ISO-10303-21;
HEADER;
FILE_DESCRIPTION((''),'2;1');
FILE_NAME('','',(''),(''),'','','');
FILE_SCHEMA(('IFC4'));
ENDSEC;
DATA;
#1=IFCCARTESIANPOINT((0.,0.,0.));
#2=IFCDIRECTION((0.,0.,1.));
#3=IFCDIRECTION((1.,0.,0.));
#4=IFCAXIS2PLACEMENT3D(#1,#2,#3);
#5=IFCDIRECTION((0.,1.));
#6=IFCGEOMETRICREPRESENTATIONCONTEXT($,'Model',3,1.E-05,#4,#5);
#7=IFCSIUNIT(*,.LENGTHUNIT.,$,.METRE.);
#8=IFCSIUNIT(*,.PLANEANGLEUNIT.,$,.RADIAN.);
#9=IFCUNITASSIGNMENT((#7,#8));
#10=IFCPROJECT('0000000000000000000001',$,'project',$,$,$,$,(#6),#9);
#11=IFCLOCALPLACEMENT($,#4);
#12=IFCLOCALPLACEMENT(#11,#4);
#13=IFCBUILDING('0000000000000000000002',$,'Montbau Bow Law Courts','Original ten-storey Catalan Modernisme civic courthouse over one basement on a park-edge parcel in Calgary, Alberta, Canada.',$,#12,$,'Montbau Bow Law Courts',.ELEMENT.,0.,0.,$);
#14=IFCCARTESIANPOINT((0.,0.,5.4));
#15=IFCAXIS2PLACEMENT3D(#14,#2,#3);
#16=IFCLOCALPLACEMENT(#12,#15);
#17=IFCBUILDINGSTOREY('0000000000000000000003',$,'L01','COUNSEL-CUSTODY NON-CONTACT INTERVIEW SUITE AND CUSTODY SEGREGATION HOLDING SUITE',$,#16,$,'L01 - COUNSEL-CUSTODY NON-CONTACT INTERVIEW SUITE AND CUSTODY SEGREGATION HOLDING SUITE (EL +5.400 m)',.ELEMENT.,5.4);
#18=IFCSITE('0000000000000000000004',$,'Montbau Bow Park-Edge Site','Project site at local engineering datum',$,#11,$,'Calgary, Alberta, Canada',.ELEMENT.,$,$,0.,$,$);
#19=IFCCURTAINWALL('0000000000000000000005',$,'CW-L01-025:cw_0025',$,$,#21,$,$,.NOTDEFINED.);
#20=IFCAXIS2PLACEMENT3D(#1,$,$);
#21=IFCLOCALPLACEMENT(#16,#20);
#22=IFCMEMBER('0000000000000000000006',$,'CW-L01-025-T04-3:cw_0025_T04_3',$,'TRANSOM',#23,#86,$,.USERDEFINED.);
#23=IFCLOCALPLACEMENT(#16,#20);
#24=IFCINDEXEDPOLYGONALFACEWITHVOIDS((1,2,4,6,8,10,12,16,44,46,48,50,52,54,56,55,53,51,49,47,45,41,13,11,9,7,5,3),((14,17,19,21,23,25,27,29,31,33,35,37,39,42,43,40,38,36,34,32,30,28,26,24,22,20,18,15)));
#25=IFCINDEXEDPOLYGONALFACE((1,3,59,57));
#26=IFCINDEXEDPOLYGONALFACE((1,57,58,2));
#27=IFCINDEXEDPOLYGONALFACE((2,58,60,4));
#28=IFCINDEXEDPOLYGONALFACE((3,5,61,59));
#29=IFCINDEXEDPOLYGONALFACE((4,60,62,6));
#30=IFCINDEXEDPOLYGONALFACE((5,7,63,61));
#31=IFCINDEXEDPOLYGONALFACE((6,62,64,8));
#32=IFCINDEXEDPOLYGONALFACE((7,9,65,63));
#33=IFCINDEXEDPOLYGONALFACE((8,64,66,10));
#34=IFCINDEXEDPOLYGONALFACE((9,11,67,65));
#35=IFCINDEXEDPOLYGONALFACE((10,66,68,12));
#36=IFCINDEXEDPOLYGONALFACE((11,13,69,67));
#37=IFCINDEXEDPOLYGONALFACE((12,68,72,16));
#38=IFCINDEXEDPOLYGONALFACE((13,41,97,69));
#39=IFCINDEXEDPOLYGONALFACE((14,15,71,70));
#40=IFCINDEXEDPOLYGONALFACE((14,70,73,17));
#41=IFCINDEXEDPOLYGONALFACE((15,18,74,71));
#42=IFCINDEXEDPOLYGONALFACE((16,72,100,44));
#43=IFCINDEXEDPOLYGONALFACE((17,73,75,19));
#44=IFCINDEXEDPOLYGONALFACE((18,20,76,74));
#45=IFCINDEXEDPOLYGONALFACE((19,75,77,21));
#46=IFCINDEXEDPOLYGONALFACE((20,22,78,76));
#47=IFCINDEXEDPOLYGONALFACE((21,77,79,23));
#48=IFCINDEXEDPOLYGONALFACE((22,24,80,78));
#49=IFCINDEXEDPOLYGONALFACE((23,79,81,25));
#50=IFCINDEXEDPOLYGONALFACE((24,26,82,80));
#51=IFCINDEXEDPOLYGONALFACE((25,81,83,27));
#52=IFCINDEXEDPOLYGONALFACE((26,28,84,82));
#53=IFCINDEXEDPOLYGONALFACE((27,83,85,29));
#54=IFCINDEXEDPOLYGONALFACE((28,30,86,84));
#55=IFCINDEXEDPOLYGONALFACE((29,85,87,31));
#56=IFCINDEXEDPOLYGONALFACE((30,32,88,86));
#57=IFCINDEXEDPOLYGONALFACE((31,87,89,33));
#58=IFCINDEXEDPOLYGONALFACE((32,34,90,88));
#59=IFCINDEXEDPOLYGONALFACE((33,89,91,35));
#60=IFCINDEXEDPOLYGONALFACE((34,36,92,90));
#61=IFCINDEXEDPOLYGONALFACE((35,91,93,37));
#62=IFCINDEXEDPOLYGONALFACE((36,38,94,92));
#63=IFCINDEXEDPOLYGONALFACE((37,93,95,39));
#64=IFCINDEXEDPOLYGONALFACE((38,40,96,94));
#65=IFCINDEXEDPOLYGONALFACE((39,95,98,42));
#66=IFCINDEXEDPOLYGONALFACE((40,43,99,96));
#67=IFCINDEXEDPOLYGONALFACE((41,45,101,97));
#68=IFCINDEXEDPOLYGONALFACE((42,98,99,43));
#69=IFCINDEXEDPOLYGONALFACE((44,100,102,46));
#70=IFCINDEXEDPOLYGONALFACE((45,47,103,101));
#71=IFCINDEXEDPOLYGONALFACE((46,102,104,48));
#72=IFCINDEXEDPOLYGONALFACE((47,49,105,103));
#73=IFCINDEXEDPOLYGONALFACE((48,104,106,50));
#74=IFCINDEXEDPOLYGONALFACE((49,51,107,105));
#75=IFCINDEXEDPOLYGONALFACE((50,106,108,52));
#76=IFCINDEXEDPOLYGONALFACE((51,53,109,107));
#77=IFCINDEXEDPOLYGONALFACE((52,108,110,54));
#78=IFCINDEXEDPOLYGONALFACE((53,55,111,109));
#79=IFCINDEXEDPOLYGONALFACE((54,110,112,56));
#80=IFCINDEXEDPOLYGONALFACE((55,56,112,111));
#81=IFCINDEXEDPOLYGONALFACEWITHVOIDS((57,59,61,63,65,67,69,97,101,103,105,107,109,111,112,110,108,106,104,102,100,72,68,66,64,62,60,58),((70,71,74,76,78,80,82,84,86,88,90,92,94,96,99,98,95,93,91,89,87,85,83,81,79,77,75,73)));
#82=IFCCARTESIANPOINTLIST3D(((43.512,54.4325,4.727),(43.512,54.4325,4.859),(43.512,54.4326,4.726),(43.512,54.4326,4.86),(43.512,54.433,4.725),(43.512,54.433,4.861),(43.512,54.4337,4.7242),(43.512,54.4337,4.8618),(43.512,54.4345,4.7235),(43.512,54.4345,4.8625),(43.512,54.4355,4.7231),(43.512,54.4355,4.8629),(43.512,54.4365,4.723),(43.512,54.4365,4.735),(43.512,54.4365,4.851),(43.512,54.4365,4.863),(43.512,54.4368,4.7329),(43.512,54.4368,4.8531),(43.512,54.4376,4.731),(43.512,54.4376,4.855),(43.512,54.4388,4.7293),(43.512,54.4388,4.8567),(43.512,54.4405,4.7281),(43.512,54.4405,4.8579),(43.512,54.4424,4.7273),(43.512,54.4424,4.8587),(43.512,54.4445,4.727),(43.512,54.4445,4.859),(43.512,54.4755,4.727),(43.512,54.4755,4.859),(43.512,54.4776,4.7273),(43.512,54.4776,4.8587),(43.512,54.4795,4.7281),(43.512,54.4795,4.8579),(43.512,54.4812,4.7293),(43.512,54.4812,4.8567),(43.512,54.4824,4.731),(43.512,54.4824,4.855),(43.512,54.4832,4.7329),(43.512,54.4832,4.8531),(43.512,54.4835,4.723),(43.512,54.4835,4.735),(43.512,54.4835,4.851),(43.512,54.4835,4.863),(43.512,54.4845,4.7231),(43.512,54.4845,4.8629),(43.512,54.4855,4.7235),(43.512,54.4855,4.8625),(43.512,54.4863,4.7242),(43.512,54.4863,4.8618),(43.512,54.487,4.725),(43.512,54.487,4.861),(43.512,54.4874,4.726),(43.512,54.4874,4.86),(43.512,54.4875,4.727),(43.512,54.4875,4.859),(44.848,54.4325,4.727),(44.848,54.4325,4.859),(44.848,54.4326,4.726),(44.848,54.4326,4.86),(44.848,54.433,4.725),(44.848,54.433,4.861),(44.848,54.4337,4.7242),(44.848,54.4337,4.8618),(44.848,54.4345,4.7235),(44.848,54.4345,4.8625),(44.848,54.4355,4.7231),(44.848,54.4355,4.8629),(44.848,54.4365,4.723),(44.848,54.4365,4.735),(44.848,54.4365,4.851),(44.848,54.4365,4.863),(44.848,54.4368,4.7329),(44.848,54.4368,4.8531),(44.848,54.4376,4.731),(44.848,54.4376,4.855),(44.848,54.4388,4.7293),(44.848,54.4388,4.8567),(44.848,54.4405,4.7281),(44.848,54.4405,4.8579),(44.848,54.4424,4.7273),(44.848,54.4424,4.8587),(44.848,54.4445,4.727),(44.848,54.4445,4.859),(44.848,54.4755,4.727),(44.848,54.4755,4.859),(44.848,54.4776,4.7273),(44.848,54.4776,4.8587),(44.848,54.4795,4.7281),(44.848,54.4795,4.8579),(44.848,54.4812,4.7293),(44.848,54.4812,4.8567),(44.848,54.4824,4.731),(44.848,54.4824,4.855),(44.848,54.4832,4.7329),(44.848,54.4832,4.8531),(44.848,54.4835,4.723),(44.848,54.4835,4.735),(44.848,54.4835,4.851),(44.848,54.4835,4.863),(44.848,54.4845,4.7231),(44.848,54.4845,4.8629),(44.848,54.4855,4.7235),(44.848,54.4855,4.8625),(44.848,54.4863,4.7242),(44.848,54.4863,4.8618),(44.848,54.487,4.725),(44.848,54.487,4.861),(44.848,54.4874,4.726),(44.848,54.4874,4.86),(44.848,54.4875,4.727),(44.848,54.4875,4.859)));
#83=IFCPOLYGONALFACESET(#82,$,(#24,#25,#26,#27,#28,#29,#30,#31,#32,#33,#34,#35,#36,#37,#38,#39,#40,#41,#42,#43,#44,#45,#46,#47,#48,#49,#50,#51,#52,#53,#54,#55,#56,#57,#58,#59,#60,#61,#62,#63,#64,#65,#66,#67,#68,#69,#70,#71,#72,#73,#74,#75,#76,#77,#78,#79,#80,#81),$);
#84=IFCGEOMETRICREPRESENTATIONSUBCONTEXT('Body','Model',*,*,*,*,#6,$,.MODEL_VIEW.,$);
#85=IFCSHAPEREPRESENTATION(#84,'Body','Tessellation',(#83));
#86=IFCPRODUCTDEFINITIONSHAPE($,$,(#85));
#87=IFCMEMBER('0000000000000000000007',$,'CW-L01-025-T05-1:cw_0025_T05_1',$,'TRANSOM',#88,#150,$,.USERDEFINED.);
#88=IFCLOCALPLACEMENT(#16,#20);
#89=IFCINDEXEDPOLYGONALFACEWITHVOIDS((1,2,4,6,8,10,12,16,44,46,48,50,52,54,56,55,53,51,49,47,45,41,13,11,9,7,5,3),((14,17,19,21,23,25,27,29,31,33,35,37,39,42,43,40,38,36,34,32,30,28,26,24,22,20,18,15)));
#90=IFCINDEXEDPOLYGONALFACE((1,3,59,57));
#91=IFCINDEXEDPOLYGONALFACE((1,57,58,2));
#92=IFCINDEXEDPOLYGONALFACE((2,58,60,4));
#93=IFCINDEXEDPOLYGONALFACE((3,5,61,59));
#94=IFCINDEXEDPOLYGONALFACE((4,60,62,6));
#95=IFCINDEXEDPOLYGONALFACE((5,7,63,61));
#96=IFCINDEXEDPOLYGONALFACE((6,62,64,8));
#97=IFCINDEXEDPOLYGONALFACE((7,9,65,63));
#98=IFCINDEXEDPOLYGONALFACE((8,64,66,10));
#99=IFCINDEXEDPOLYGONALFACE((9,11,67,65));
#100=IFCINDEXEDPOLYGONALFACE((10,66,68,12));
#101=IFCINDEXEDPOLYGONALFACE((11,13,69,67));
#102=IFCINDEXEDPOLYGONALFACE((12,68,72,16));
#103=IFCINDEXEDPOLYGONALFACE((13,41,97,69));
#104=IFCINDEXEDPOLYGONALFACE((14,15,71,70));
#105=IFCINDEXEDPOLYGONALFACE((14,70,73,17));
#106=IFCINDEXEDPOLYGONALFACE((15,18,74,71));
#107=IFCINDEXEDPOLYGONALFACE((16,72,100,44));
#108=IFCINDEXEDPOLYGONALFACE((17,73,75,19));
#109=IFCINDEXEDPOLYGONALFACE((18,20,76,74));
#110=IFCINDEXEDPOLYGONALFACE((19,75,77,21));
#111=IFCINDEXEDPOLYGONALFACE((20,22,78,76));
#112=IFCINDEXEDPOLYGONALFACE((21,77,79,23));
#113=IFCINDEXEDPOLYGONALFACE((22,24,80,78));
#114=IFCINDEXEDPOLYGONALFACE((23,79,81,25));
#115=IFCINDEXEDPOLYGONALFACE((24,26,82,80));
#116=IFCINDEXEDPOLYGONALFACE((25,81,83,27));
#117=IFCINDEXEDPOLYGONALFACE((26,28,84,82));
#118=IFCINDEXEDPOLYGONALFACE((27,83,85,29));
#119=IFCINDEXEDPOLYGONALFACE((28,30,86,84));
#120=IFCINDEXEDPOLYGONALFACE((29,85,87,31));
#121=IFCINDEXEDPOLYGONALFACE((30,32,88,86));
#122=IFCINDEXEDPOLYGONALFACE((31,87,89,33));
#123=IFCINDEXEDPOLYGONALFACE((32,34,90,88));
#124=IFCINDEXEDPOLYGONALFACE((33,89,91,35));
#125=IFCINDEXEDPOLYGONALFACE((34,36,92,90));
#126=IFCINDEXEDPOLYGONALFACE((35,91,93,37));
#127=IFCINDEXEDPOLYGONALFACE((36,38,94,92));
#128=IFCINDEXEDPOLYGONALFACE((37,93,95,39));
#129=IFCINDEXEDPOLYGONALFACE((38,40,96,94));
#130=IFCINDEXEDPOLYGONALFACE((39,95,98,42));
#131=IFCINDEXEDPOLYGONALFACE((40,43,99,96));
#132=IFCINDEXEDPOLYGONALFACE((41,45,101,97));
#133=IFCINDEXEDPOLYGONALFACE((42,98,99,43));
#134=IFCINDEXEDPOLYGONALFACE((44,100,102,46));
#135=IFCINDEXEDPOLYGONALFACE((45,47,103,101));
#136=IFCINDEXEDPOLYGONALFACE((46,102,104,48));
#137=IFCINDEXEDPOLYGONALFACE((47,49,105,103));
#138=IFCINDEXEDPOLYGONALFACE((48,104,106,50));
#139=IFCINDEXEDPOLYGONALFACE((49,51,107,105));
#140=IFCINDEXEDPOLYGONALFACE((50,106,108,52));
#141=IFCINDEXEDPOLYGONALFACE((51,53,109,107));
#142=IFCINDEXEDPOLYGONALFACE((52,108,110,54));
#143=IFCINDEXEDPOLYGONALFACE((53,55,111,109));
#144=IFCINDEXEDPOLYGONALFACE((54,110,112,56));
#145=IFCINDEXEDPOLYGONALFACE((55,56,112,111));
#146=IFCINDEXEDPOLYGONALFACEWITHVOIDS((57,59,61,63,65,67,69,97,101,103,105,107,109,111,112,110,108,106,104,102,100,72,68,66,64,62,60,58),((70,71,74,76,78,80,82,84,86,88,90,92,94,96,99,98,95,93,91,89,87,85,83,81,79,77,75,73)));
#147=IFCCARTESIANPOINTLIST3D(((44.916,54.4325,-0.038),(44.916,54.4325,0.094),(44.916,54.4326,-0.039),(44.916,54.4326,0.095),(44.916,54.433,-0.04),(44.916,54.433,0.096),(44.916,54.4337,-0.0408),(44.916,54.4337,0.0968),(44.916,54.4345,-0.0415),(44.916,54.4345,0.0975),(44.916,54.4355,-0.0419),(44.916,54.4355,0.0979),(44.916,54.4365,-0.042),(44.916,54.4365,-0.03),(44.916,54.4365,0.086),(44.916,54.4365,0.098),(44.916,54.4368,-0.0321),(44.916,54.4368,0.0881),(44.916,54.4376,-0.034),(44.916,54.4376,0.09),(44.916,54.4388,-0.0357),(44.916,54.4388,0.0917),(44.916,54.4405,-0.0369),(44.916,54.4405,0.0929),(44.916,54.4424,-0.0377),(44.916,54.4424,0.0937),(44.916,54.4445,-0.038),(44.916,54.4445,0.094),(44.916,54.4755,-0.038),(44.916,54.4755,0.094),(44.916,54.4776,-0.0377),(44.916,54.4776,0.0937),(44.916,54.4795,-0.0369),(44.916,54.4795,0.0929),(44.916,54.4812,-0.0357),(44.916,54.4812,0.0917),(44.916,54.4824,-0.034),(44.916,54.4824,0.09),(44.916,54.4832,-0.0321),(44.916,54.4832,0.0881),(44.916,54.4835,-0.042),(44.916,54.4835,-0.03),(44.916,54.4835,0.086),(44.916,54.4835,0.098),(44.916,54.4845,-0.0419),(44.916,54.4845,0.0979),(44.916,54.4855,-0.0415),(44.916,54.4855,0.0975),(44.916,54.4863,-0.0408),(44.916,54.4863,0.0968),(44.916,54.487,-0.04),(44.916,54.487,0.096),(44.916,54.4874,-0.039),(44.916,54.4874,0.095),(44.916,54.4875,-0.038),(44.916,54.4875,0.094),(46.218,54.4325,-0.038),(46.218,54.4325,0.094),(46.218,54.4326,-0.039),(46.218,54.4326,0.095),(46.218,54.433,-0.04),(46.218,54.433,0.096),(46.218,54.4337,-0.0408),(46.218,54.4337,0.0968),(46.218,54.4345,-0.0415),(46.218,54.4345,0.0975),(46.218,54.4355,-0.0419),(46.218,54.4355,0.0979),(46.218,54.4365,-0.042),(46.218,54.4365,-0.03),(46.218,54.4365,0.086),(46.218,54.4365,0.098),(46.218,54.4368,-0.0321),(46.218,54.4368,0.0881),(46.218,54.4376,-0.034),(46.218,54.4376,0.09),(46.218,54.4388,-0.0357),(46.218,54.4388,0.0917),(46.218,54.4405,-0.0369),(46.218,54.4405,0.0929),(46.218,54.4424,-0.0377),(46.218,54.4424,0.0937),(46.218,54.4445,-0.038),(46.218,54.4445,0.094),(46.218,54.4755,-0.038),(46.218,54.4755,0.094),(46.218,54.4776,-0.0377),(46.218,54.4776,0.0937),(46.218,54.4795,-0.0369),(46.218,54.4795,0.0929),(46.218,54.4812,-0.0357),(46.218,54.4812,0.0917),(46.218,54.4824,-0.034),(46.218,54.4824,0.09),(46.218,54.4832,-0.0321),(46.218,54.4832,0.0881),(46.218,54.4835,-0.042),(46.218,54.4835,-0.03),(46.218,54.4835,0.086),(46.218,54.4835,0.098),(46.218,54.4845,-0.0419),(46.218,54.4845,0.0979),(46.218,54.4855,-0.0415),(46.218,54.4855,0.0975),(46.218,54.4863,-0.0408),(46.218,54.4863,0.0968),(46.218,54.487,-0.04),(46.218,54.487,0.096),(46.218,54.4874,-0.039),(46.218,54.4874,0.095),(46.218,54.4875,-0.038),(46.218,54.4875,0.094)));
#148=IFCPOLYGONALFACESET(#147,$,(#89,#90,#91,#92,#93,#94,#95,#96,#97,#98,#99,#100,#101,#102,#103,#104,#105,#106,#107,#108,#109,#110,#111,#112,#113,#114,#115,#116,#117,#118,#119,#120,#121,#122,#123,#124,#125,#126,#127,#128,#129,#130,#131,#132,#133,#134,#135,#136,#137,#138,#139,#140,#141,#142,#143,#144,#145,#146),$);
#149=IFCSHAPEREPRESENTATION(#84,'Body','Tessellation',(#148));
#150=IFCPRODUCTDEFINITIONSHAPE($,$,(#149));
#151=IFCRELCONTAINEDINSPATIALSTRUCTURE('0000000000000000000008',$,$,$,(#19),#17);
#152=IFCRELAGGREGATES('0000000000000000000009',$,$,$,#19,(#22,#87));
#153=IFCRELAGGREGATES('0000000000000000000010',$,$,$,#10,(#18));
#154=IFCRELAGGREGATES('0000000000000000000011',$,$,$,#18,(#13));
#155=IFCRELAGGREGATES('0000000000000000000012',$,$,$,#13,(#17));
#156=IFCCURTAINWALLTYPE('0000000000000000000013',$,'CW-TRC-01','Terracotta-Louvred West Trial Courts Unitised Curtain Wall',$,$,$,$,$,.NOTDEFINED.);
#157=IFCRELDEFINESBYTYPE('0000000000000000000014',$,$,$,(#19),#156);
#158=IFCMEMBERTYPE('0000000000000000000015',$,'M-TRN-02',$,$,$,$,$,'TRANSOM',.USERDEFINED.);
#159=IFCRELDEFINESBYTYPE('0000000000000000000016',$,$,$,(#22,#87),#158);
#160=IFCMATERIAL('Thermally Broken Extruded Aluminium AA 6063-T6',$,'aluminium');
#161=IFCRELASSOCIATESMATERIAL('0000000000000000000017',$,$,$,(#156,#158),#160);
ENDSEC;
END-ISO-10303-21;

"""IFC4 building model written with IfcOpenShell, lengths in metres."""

from ifc_helpers import new_model, si_unit, direction, frame, origin_with_axes, origin_2d_with_axis, place, context, subcontext, project, spatial, hollow_rectangle, extrude, material, material_profile, profile_set, type_object, element, aggregate, save


model = new_model("IFC4")

# Units and contexts
model_context = context("Model", 3, precision=1e-05, world=origin_with_axes(), true_north=direction((0.0, 1.0)))
body_context = subcontext(model_context, "Body", "Model", "MODEL_VIEW")
ifc_project = project(units=[si_unit("LENGTHUNIT", "METRE"), si_unit("PLANEANGLEUNIT", "RADIAN")], contexts=[model_context])

# Site, building, storey
site_placement = place(None, origin_with_axes())
site = spatial("IfcSite", under=ifc_project, at=site_placement, Name="Montbau Bow Park-Edge Site", Description="Project site at local engineering datum", LongName="Calgary, Alberta, Canada", CompositionType="ELEMENT", RefElevation=0.0)
building_placement = place(site_placement, origin_with_axes())
building = spatial("IfcBuilding", under=site, at=building_placement, Name="Montbau Bow Law Courts", Description="Original ten-storey Catalan Modernisme civic courthouse over one basement on a park-edge parcel in Calgary, Alberta, Canada.", LongName="Montbau Bow Law Courts", CompositionType="ELEMENT", ElevationOfRefHeight=0.0, ElevationOfTerrain=0.0)
storey_placement = place(building_placement, frame((0.0, 0.0, 5.4), z_axis=(0.0, 0.0, 1.0), x_axis=(1.0, 0.0, 0.0)))
storey = spatial("IfcBuildingStorey", under=building, at=storey_placement, Name="L01", Description="COUNSEL-CUSTODY NON-CONTACT INTERVIEW SUITE AND CUSTODY SEGREGATION HOLDING SUITE", LongName="L01 - COUNSEL-CUSTODY NON-CONTACT INTERVIEW SUITE AND CUSTODY SEGREGATION HOLDING SUITE (EL +5.400 m)", CompositionType="ELEMENT", Elevation=5.4)

# Curtain wall, members
ifc_material_1 = material(Name="Thermally Broken Extruded Aluminium AA 6063-T6", Category="aluminium")
curtain_wall_type = type_object("IfcCurtainWallType", Name="CW-TRC-01", Description="Terracotta-Louvred West Trial Courts Unitised Curtain Wall", PredefinedType="NOTDEFINED", material=ifc_material_1)
curtain_wall_placement = place(None, frame((39.268, 54.46, 5.4), z_axis=(0.0, 0.0, 1.0), x_axis=(1.0, 0.0, 0.0)))
curtain_wall = element("IfcCurtainWall", 1, at=curtain_wall_placement, inside=storey, type_object=curtain_wall_type, Name="CW-L01-025:cw_0025", PredefinedType="NOTDEFINED")
ifc_material_profile_1 = material_profile(ifc_material_1, hollow_rectangle(XDim=0.055, YDim=0.14, WallThickness=0.004, InnerFilletRadius=0.008, OuterFilletRadius=0.004, at=origin_2d_with_axis()), Name="CWT-140X55", Category="Main", Priority=0)
ifc_profile_set_1 = profile_set([ifc_material_profile_1], Name="Thermally Broken Extruded Aluminium AA 6063-T6")
member_type_1 = type_object("IfcMemberType", Name="M-TRN-02", ElementType="TRANSOM", PredefinedType="USERDEFINED", material=ifc_profile_set_1)
member_1_placement = place(None, frame((43.512, 54.46, 10.193), z_axis=(1.0, 0.0, 0.0), x_axis=(0.0, 1.0, 0.0)))
member_1 = element("IfcMember", 2, at=member_1_placement, type_object=member_type_1, Name="CW-L01-025-T04-3:cw_0025_T04_3", ObjectType="TRANSOM", PredefinedType="USERDEFINED", context=body_context, shape_type="SweptSolid", body=[
    extrude(hollow_rectangle(XDim=0.055, YDim=0.14, WallThickness=0.004, InnerFilletRadius=0.008, OuterFilletRadius=0.004, at=origin_2d_with_axis()), origin_with_axes(), (0.0, 0.0, 1.0), 1.336),
])
member_2_placement = place(None, frame((44.916, 54.46, 5.428), z_axis=(1.0, 0.0, 0.0), x_axis=(0.0, 1.0, 0.0)))
member_2 = element("IfcMember", 3, at=member_2_placement, type_object=member_type_1, Name="CW-L01-025-T05-1:cw_0025_T05_1", ObjectType="TRANSOM", PredefinedType="USERDEFINED", context=body_context, shape_type="SweptSolid", body=[
    extrude(hollow_rectangle(XDim=0.055, YDim=0.14, WallThickness=0.004, InnerFilletRadius=0.008, OuterFilletRadius=0.004, at=origin_2d_with_axis()), origin_with_axes(), (0.0, 0.0, 1.0), 1.302),
])
aggregate(curtain_wall, [member_1, member_2])

save(model, "model.ifc")
